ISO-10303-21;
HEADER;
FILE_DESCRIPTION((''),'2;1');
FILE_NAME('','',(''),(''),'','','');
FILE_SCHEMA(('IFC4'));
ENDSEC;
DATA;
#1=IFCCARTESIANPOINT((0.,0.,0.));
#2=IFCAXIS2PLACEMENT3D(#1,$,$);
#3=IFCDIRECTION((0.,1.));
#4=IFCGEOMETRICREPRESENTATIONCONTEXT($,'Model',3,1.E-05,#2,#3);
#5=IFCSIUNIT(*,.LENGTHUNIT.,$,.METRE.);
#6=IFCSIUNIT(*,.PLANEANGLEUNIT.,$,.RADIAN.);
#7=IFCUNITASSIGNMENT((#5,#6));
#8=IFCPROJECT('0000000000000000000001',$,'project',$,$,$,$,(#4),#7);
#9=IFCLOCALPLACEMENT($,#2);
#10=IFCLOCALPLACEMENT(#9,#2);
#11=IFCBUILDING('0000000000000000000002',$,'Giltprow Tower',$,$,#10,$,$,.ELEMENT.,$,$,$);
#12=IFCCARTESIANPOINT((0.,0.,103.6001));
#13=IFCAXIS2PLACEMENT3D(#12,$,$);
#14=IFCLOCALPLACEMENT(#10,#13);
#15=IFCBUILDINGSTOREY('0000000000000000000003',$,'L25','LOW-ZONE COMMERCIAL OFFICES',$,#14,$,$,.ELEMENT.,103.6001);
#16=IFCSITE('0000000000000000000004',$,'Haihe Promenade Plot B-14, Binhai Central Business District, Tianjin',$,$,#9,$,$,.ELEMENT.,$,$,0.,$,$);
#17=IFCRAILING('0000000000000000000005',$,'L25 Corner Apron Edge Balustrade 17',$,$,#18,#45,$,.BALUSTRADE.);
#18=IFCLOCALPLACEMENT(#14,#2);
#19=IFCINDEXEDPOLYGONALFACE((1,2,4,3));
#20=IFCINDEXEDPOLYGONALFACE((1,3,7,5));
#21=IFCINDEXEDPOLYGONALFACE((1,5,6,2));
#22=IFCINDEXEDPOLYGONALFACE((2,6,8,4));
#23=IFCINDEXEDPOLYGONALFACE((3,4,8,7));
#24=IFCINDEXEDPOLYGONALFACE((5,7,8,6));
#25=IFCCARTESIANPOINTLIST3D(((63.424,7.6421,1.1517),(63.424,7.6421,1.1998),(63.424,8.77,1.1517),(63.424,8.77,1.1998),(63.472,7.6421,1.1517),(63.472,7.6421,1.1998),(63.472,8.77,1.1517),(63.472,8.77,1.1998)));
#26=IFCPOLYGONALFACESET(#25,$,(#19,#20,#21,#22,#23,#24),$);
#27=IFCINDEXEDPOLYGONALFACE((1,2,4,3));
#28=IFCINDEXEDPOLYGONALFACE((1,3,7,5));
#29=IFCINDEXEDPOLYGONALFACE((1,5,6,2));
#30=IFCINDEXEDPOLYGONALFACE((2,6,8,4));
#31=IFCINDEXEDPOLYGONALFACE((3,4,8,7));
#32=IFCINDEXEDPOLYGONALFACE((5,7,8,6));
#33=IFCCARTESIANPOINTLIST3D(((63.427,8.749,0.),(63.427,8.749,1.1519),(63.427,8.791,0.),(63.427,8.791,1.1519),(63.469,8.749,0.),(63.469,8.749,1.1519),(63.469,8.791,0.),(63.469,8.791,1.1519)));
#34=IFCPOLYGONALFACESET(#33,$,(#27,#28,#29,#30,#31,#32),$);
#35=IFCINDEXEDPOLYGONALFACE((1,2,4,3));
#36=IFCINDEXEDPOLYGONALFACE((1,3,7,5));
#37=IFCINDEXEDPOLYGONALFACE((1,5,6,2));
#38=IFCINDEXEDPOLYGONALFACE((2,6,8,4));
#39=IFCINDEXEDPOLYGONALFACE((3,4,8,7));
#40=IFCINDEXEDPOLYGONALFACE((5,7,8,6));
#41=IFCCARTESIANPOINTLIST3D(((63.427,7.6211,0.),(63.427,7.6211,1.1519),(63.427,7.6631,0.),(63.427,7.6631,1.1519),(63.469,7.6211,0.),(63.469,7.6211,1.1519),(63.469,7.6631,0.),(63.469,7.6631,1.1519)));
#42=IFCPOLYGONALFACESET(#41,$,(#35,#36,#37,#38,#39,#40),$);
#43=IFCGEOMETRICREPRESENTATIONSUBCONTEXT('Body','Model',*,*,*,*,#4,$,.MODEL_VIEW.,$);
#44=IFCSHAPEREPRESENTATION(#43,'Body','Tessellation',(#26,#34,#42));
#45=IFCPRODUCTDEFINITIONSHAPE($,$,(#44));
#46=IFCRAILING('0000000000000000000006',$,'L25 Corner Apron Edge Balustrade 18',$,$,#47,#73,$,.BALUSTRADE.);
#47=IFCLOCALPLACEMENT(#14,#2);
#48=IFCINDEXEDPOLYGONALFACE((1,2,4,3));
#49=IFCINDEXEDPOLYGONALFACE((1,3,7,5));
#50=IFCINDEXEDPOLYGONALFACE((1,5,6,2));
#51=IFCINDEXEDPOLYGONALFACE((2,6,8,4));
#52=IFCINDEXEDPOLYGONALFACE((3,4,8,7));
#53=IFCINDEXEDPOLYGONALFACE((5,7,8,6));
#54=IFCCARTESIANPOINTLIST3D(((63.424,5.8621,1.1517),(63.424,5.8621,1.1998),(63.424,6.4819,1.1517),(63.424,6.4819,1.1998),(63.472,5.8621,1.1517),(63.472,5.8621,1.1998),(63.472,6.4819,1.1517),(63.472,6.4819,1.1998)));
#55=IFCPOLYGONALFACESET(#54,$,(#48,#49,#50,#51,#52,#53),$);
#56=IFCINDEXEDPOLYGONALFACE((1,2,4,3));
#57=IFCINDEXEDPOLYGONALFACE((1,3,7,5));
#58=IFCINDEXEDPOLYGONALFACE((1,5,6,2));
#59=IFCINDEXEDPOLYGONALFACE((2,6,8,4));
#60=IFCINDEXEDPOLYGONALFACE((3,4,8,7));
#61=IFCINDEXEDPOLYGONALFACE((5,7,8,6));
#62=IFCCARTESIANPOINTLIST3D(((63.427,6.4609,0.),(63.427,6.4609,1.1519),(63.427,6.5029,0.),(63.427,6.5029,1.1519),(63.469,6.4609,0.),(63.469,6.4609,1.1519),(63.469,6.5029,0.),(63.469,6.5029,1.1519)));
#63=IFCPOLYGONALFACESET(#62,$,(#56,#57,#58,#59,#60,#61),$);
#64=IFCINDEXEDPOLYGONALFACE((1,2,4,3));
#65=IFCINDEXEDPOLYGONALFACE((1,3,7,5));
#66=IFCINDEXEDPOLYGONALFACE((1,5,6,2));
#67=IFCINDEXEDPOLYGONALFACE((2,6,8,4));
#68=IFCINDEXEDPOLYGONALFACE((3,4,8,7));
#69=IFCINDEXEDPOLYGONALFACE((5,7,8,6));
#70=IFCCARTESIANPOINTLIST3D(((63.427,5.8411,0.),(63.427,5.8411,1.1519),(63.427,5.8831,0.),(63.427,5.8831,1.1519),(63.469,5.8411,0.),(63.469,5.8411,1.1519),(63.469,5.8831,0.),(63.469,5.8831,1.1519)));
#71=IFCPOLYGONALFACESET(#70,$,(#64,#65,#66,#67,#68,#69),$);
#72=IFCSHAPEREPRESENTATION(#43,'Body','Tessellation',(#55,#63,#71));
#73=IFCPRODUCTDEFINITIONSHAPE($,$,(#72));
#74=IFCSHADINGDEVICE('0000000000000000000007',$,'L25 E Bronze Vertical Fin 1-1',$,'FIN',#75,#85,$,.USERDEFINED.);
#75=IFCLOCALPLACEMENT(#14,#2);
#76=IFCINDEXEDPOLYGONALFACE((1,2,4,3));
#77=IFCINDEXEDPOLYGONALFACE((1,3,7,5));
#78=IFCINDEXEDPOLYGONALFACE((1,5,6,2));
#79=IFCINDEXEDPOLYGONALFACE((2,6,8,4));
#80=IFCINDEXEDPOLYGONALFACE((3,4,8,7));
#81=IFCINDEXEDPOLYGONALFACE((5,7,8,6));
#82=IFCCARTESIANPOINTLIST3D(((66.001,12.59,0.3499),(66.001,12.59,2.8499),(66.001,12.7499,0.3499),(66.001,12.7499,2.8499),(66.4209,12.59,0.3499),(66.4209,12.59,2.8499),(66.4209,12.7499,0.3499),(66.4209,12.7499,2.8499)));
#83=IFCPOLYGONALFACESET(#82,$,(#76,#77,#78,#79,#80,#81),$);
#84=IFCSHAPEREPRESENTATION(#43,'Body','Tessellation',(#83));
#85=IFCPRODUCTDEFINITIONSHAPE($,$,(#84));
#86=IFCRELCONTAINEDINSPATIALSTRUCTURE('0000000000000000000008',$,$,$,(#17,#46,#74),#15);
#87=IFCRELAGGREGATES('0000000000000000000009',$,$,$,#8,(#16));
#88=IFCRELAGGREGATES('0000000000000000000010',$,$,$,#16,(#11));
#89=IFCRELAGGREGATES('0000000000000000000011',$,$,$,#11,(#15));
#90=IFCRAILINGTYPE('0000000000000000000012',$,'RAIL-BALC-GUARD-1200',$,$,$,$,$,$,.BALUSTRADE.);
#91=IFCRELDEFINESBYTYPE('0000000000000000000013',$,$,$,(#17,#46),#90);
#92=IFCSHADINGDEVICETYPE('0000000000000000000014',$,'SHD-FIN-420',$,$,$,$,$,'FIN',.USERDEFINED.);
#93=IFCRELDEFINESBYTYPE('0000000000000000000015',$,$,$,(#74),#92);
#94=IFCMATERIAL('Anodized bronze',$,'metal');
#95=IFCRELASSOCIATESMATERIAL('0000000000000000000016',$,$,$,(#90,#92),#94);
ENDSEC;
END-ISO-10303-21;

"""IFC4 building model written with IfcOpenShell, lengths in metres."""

from ifc_helpers import new_model, si_unit, direction, frame, origin, origin_2d, place, context, subcontext, project, spatial, rectangle, extrude, source, transform, mapped, material, type_object, element, save


model = new_model("IFC4")

# Units and contexts
model_context = context("Model", 3, precision=1e-05, world=origin(), true_north=direction((0.0, 1.0)))
body_context = subcontext(model_context, "Body", "Model", "MODEL_VIEW")
ifc_project = project(units=[si_unit("LENGTHUNIT", "METRE"), si_unit("PLANEANGLEUNIT", "RADIAN")], contexts=[model_context])

# Site, building, storey
site_placement = place(None, origin())
site = spatial("IfcSite", under=ifc_project, at=site_placement, Name="Haihe Promenade Plot B-14, Binhai Central Business District, Tianjin", CompositionType="ELEMENT", RefElevation=0.0)
building_placement = place(site_placement, origin())
building = spatial("IfcBuilding", under=site, at=building_placement, Name="Giltprow Tower", CompositionType="ELEMENT")
storey_placement = place(building_placement, frame((0.0, 0.0, 103.6001)))
storey = spatial("IfcBuildingStorey", under=building, at=storey_placement, Name="L25", Description="LOW-ZONE COMMERCIAL OFFICES", CompositionType="ELEMENT", Elevation=103.6001)

# Shared definitions
ifc_material_1 = material(Name="Anodized bronze", Category="metal")

# Railings
railing_type = type_object("IfcRailingType", Name="RAIL-BALC-GUARD-1200", PredefinedType="BALUSTRADE", material=ifc_material_1)
railing_1_placement = place(storey_placement, frame((63.448, 8.77, 0.0)))
element("IfcRailing", 1, at=railing_1_placement, inside=storey, type_object=railing_type, Name="L25 Corner Apron Edge Balustrade 17", PredefinedType="BALUSTRADE", context=body_context, shape_type="SweptSolid", body=[
    extrude(rectangle(XDim=0.0481, YDim=0.0481, at=origin_2d()), frame((0.0, 0.0, 1.1758), z_axis=(0.0, -1.0, 0.0), x_axis=(1.0, 0.0, 0.0)), (0.0, 0.0, 1.0), 1.1279),
    extrude(rectangle(XDim=0.042, YDim=0.042, at=origin_2d()), origin(), (0.0, 0.0, 1.0), 1.1519),
    extrude(rectangle(XDim=0.042, YDim=0.042, at=origin_2d()), frame((0.0, -1.1279, 0.0)), (0.0, 0.0, 1.0), 1.1519),
])
railing_2_placement = place(storey_placement, frame((63.448, 6.4819, 0.0)))
element("IfcRailing", 2, at=railing_2_placement, inside=storey, type_object=railing_type, Name="L25 Corner Apron Edge Balustrade 18", PredefinedType="BALUSTRADE", context=body_context, shape_type="SweptSolid", body=[
    extrude(rectangle(XDim=0.0481, YDim=0.0481, at=origin_2d()), frame((0.0, 0.0, 1.1758), z_axis=(0.0, -1.0, 0.0), x_axis=(1.0, 0.0, 0.0)), (0.0, 0.0, 1.0), 0.6199),
    extrude(rectangle(XDim=0.042, YDim=0.042, at=origin_2d()), origin(), (0.0, 0.0, 1.0), 1.1519),
    extrude(rectangle(XDim=0.042, YDim=0.042, at=origin_2d()), frame((0.0, -0.6199, 0.0)), (0.0, 0.0, 1.0), 1.1519),
])

# Shading device
shading_device_type = type_object("IfcShadingDeviceType", Name="SHD-FIN-420", ElementType="FIN", PredefinedType="USERDEFINED", material=ifc_material_1)
shared_shape_1 = source(origin(), body_context, "Body", "SweptSolid", [
    extrude(rectangle(XDim=0.4199, YDim=0.1599, at=origin_2d()), origin(), (0.0, 0.0, 1.0), 2.5),
])
shading_device_placement = place(storey_placement, frame((66.2109, 12.6699, 0.3499), z_axis=(0.0, 0.0, 1.0), x_axis=(1.0, 0.0, 0.0)))
element("IfcShadingDevice", 3, at=shading_device_placement, inside=storey, type_object=shading_device_type, Name="L25 E Bronze Vertical Fin 1-1", ObjectType="FIN", PredefinedType="USERDEFINED", context=body_context, shape_type="MappedRepresentation", body=[
    mapped(shared_shape_1, transform((0.0, 0.0, 0.0), x_axis=(1.0, 0.0, 0.0), y_axis=(0.0, 1.0, 0.0), z_axis=(0.0, 0.0, 1.0), scale=1.0)),
])

save(model, "model.ifc")
